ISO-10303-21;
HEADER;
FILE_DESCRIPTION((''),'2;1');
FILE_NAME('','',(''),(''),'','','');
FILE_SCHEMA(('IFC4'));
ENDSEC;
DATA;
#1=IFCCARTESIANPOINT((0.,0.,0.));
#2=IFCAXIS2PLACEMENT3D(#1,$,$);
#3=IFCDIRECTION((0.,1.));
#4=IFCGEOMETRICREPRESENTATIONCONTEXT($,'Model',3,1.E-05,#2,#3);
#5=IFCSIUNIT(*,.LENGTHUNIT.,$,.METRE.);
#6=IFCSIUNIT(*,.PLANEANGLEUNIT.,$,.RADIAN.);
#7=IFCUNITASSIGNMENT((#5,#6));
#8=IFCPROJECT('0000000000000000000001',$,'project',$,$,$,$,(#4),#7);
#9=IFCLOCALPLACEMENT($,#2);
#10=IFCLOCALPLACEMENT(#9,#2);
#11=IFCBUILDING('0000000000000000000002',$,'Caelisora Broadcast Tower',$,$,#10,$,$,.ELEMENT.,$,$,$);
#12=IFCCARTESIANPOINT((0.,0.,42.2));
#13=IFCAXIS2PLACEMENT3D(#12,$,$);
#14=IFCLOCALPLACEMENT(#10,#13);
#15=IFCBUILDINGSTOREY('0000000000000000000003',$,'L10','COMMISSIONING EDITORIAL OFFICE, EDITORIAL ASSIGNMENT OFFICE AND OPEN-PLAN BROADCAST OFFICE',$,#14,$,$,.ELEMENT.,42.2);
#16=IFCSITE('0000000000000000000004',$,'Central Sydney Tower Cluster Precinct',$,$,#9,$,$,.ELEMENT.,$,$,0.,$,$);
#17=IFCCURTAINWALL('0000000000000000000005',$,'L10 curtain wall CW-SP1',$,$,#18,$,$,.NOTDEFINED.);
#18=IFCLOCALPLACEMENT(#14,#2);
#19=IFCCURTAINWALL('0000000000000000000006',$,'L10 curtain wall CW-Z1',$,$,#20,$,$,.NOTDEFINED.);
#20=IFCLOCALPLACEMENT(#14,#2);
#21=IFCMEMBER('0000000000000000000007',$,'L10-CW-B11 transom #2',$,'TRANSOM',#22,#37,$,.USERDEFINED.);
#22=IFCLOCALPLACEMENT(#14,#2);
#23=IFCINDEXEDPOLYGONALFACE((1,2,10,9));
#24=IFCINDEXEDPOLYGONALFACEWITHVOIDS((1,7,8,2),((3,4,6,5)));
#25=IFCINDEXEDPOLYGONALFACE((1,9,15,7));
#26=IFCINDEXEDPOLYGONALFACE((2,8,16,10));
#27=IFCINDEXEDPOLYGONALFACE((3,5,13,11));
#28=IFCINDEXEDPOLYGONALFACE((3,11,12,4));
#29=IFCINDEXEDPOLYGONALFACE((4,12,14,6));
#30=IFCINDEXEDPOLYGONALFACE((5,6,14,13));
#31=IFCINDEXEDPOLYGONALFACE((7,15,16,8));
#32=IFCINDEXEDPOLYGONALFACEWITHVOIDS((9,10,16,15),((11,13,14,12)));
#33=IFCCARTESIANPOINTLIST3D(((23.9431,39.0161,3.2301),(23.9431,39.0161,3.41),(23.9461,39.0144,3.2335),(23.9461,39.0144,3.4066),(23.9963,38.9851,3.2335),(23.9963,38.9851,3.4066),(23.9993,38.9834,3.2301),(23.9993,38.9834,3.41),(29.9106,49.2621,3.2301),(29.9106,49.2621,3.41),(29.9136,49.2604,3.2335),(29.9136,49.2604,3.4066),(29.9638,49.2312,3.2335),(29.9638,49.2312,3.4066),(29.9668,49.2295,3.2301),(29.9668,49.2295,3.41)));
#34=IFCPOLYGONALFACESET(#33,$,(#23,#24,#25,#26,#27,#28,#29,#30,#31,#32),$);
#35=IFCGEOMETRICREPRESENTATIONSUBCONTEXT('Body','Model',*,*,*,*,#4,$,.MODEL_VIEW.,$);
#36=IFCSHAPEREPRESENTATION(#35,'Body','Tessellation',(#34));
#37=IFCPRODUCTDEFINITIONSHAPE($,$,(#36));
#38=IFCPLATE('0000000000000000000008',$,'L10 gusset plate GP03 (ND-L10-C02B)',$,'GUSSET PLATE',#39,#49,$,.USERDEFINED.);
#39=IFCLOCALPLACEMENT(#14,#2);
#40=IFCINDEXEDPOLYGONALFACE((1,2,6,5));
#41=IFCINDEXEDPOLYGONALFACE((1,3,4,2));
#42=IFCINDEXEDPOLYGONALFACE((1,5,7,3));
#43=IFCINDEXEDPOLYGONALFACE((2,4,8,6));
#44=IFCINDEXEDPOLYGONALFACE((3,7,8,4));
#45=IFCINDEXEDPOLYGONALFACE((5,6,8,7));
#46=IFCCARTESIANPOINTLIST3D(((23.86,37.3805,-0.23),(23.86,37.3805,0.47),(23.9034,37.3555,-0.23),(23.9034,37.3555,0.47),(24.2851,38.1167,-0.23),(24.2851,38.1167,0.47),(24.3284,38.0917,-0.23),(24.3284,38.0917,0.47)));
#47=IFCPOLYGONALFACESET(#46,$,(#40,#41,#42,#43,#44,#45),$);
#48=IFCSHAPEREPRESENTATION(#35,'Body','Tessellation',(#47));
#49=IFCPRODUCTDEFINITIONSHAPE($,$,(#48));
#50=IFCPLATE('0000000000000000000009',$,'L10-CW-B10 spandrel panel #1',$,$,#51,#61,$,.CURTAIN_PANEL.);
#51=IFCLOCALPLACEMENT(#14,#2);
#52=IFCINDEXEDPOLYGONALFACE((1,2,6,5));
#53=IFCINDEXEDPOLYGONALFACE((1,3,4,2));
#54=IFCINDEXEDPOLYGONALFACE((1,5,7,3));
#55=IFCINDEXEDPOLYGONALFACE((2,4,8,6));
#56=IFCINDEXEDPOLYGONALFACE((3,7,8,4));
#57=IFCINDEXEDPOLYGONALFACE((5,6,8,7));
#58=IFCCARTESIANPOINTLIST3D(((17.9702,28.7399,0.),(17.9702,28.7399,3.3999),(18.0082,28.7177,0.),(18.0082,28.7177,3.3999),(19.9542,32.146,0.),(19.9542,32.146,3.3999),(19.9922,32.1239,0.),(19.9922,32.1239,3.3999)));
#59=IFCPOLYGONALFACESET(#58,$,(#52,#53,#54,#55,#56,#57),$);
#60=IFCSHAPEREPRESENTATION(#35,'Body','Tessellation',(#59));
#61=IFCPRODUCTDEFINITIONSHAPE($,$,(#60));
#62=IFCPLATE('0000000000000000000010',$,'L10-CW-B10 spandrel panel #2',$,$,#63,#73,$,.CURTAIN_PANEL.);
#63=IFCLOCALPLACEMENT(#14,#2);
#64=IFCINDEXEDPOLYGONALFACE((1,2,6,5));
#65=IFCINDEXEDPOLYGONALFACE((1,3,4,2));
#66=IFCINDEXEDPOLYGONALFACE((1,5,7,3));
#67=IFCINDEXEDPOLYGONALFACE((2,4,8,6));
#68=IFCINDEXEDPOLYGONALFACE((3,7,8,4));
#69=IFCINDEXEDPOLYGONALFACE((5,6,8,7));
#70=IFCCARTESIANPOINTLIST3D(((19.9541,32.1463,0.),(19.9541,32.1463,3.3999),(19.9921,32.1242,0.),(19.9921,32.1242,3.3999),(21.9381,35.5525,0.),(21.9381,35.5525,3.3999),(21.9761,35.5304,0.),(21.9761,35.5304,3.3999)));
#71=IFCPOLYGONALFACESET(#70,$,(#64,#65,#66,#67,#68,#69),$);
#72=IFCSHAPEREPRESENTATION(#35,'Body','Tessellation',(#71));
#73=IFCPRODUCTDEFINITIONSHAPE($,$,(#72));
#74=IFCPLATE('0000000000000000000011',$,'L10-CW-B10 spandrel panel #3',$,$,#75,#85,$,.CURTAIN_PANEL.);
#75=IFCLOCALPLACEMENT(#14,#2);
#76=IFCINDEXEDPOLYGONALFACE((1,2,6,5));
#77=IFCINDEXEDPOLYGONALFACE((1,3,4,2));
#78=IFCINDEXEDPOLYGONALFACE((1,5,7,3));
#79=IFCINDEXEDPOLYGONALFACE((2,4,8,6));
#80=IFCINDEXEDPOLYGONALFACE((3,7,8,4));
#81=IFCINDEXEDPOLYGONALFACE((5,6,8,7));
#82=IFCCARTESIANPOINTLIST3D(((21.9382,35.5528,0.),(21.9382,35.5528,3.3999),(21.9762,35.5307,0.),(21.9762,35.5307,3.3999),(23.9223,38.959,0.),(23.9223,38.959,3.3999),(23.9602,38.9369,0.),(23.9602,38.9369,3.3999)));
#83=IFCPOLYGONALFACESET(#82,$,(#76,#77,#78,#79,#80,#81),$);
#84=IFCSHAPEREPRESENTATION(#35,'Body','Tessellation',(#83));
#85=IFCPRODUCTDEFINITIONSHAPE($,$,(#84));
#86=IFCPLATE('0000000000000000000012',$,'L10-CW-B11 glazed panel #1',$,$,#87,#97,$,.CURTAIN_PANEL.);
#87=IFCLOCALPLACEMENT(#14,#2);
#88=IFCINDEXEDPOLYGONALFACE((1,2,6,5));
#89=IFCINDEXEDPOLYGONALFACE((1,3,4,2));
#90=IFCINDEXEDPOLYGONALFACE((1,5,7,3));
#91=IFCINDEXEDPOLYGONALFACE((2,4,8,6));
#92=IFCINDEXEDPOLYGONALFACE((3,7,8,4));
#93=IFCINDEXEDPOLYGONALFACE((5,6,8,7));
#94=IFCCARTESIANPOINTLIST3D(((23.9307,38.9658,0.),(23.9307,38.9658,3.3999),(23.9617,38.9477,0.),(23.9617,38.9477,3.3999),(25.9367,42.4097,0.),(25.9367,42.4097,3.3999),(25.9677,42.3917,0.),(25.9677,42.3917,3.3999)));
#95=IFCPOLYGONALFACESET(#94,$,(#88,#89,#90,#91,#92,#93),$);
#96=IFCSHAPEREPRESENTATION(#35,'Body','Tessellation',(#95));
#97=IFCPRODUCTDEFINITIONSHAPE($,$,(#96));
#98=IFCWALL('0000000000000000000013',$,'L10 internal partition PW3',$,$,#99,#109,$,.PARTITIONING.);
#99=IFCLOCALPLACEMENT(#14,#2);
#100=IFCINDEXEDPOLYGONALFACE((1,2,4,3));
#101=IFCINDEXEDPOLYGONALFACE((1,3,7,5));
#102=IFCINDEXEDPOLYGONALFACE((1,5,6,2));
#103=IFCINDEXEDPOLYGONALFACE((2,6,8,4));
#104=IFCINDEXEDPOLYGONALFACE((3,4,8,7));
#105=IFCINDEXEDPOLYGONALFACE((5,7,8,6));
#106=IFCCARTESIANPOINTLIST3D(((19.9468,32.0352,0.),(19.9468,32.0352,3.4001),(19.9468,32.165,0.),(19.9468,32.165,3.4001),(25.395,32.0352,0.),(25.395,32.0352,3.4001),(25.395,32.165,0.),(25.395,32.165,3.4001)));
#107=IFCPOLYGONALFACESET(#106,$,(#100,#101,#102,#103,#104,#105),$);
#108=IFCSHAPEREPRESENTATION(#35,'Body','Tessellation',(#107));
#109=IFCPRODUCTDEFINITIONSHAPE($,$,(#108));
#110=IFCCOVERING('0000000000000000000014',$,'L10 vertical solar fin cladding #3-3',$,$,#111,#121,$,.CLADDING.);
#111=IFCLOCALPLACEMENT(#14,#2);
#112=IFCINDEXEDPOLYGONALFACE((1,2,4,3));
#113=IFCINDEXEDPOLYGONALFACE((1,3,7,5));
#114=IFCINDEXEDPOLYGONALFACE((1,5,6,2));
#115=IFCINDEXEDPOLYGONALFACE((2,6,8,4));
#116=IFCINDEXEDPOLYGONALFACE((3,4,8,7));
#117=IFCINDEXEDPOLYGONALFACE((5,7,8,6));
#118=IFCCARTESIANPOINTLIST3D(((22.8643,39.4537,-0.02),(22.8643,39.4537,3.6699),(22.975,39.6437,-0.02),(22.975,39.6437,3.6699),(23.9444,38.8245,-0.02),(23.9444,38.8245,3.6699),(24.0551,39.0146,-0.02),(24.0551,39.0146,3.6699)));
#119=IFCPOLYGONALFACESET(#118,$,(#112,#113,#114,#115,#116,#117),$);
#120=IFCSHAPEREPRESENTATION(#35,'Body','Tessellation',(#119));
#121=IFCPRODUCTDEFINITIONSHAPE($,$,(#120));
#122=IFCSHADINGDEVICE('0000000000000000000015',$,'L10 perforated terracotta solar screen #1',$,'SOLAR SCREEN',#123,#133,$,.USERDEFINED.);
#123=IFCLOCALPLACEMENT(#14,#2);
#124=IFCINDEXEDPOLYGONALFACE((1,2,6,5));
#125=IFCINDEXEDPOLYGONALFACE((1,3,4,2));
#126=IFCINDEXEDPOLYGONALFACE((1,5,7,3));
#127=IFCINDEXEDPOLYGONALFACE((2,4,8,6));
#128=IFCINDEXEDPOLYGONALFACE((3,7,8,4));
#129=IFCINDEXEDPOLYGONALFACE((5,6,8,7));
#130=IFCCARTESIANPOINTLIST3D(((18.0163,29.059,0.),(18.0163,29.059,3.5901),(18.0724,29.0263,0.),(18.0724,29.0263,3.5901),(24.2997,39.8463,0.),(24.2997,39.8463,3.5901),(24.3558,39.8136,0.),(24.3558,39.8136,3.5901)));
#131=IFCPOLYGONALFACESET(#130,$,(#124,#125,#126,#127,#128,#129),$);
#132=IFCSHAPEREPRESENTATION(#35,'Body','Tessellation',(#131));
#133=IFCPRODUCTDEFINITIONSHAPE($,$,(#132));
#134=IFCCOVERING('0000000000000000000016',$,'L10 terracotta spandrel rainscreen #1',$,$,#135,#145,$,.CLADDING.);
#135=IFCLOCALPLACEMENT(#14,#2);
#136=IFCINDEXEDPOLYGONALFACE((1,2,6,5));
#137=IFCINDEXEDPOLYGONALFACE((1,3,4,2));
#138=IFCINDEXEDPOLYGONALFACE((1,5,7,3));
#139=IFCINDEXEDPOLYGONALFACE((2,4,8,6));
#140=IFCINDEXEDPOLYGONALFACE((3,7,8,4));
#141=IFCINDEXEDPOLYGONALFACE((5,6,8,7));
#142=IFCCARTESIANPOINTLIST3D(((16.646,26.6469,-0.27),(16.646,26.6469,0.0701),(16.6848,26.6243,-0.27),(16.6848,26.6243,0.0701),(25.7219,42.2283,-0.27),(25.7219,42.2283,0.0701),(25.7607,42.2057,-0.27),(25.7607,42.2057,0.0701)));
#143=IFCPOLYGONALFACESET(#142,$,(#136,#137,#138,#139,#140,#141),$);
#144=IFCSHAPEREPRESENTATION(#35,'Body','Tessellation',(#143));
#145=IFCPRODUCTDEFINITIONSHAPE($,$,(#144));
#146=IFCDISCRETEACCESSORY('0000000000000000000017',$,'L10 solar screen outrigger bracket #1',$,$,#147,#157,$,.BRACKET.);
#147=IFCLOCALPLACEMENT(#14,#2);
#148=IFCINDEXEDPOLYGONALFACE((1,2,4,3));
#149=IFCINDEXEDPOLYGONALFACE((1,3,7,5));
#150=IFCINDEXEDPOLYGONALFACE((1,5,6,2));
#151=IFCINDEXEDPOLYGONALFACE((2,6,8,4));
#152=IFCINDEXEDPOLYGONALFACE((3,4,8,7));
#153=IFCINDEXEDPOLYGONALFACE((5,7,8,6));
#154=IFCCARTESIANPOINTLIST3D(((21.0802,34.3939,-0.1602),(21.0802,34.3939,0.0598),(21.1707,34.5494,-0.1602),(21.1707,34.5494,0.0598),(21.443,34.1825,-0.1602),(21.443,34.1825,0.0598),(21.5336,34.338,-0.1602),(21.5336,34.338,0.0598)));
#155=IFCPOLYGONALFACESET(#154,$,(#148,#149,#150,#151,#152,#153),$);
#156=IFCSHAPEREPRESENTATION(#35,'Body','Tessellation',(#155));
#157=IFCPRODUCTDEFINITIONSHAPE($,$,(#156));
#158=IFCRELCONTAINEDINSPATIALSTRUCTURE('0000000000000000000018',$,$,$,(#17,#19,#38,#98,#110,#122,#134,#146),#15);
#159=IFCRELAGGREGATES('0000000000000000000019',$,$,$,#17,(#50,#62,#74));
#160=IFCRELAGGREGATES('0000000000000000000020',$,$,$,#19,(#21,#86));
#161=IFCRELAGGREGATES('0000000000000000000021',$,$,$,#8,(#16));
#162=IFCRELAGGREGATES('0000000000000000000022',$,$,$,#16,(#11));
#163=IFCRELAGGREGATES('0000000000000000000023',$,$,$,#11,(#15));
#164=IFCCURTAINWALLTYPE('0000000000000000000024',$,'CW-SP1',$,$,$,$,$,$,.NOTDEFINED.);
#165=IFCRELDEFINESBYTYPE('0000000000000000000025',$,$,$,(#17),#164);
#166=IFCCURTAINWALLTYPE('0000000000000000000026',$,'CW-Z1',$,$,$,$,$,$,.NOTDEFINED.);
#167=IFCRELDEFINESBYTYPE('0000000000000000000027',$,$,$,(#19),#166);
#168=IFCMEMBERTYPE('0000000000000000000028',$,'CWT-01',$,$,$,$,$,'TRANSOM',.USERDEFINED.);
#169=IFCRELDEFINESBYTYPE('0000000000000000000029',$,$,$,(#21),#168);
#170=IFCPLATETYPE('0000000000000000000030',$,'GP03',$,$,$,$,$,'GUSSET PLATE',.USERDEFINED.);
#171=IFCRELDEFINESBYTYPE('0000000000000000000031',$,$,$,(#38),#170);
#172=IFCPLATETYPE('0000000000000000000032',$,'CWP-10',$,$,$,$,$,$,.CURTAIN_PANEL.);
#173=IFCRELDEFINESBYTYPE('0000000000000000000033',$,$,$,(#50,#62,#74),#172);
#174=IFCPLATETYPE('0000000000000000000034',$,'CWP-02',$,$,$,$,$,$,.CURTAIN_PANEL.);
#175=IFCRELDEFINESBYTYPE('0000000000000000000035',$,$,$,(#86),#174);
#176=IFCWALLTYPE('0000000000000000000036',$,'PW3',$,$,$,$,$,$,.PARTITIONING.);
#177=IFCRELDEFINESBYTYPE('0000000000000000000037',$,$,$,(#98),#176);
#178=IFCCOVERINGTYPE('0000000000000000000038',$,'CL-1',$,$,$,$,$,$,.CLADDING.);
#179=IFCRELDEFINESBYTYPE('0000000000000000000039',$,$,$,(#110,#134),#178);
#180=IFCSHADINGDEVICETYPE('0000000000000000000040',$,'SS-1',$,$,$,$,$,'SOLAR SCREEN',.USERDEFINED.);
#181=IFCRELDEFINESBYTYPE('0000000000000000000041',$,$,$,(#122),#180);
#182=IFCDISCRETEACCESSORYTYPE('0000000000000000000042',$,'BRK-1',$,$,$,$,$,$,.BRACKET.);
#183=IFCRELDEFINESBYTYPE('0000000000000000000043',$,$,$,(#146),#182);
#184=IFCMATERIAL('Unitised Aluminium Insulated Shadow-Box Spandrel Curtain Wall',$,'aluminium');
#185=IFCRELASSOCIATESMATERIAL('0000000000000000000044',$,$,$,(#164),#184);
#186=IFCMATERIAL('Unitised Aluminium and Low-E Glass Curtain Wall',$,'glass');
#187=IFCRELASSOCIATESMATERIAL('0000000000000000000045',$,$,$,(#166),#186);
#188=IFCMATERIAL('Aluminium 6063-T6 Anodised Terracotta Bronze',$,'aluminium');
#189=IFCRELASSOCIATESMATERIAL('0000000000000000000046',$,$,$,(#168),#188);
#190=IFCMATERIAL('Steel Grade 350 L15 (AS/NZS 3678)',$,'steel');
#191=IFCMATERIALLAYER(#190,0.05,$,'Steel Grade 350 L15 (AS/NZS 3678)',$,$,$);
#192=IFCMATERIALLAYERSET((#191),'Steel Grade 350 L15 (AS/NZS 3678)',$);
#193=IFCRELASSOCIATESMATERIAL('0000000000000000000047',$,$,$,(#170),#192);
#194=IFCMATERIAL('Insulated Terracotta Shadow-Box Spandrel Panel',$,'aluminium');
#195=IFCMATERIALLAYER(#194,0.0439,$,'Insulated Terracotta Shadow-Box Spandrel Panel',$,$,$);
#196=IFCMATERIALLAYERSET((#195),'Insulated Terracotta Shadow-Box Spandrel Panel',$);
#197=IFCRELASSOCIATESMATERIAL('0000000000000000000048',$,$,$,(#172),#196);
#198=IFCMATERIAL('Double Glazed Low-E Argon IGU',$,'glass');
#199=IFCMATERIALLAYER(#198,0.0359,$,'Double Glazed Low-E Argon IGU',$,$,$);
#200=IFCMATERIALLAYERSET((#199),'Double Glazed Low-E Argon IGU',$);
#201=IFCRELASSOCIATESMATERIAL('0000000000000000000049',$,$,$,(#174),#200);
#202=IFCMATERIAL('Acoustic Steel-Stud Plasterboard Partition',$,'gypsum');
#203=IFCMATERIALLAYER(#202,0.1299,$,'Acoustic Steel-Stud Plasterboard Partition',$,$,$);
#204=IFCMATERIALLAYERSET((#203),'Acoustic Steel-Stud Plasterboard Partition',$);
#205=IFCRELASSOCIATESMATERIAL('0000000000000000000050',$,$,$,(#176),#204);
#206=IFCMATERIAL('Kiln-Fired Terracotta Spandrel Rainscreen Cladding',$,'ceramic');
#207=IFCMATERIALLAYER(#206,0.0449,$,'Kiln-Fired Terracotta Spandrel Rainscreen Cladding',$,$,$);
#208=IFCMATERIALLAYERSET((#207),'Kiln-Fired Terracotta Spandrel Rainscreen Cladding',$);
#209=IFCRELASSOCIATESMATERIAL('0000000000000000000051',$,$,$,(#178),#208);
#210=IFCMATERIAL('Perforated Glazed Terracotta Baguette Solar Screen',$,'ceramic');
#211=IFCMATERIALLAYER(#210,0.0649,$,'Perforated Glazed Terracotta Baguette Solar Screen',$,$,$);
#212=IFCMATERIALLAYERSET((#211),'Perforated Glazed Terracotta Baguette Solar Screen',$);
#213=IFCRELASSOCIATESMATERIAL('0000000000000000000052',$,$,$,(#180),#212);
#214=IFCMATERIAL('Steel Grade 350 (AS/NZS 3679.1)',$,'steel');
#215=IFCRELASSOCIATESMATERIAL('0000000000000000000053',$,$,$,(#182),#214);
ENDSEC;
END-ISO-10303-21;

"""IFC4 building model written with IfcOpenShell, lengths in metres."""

from ifc_helpers import new_model, si_unit, direction, frame, frame_2d, origin, origin_2d, place, context, subcontext, project, spatial, rectangle, hollow_rectangle, extrude, source, transform, mapped, material, layer, layer_set, material_profile, profile_set, type_object, type_shapes, element, aggregate, save


model = new_model("IFC4")

# Units and contexts
model_context = context("Model", 3, precision=1e-05, world=origin(), true_north=direction((0.0, 1.0)))
body_context = subcontext(model_context, "Body", "Model", "MODEL_VIEW")
ifc_project = project(units=[si_unit("LENGTHUNIT", "METRE"), si_unit("PLANEANGLEUNIT", "RADIAN")], contexts=[model_context])

# Site, building, storey
site_placement = place(None, origin())
site = spatial("IfcSite", under=ifc_project, at=site_placement, Name="Central Sydney Tower Cluster Precinct", CompositionType="ELEMENT", RefElevation=0.0)
building_placement = place(site_placement, origin())
building = spatial("IfcBuilding", under=site, at=building_placement, Name="Caelisora Broadcast Tower", CompositionType="ELEMENT")
storey_placement = place(building_placement, frame((0.0, 0.0, 42.2)))
storey = spatial("IfcBuildingStorey", under=building, at=storey_placement, Name="L10", Description="COMMISSIONING EDITORIAL OFFICE, EDITORIAL ASSIGNMENT OFFICE AND OPEN-PLAN BROADCAST OFFICE", CompositionType="ELEMENT", Elevation=42.2)

# Shared definitions
ifc_material_1 = material(Name="Steel Grade 350 L15 (AS/NZS 3678)", Category="steel")

# Shared definitions
ifc_material_2 = material(Name="Steel Grade 350 (AS/NZS 3679.1)", Category="steel")

# Curtain walls, member
ifc_material_3 = material(Name="Unitised Aluminium Insulated Shadow-Box Spandrel Curtain Wall", Category="aluminium")
curtain_wall_type_1 = type_object("IfcCurtainWallType", Name="CW-SP1", PredefinedType="NOTDEFINED", material=ifc_material_3)
curtain_wall_1_placement = place(storey_placement, origin())
curtain_wall_1 = element("IfcCurtainWall", 1, at=curtain_wall_1_placement, inside=storey, type_object=curtain_wall_type_1, Name="L10 curtain wall CW-SP1", PredefinedType="NOTDEFINED")
ifc_material_4 = material(Name="Aluminium 6063-T6 Anodised Terracotta Bronze", Category="aluminium")
ifc_material_5 = material(Name="Unitised Aluminium and Low-E Glass Curtain Wall", Category="glass")
curtain_wall_type_2 = type_object("IfcCurtainWallType", Name="CW-Z1", PredefinedType="NOTDEFINED", material=ifc_material_5)
curtain_wall_2_placement = place(storey_placement, origin())
curtain_wall_2 = element("IfcCurtainWall", 2, at=curtain_wall_2_placement, inside=storey, type_object=curtain_wall_type_2, Name="L10 curtain wall CW-Z1", PredefinedType="NOTDEFINED")
ifc_material_profile_1 = material_profile(ifc_material_4, hollow_rectangle(XDim=0.0649, YDim=0.1799, WallThickness=0.0034, at=origin_2d()), Name="Aluminium 6063-T6 Anodised Terracotta Bronze")
ifc_profile_set_1 = profile_set([ifc_material_profile_1], Name="Aluminium 6063-T6 Anodised Terracotta Bronze")
member_type_1 = type_object("IfcMemberType", Name="CWT-01", ElementType="TRANSOM", PredefinedType="USERDEFINED", material=ifc_profile_set_1)
shared_shape_1 = source(origin(), body_context, "Body", "SweptSolid", [
    extrude(hollow_rectangle(XDim=0.0649, YDim=0.1799, WallThickness=0.0034, at=origin_2d()), origin(), (0.0, 0.0, 1.0), 11.8572),
])
type_shapes(member_type_1, [shared_shape_1])
member_1_placement = place(storey_placement, frame((23.9712, 38.9998, 3.3201), z_axis=(0.503282, 0.864122, 0.0), x_axis=(-0.864122, 0.503282, 0.0)))
member_1 = element("IfcMember", 3, at=member_1_placement, type_object=member_type_1, Name="L10-CW-B11 transom #2", ObjectType="TRANSOM", PredefinedType="USERDEFINED", context=body_context, shape_type="MappedRepresentation", body=[
    mapped(shared_shape_1, transform((0.0, 0.0, 0.0), scale=1.0)),
])

# Plates
ifc_layer_1 = layer(ifc_material_1, 0.05, Name="Steel Grade 350 L15 (AS/NZS 3678)")
ifc_layer_set_1 = layer_set([ifc_layer_1], Name="Steel Grade 350 L15 (AS/NZS 3678)")
plate_type_1 = type_object("IfcPlateType", Name="GP03", ElementType="GUSSET PLATE", PredefinedType="USERDEFINED", material=ifc_layer_set_1)
shared_shape_2 = source(origin(), body_context, "Body", "SweptSolid", [
    extrude(rectangle(XDim=0.8501, YDim=0.05, at=origin_2d()), origin(), (0.0, 0.0, 1.0), 0.7),
])
type_shapes(plate_type_1, [shared_shape_2])
plate_1_placement = place(storey_placement, frame((24.0942, 37.7361, -0.23), z_axis=(0.0, 0.0, 1.0), x_axis=(-0.5, -0.866025, 0.0)))
element("IfcPlate", 4, at=plate_1_placement, inside=storey, type_object=plate_type_1, Name="L10 gusset plate GP03 (ND-L10-C02B)", ObjectType="GUSSET PLATE", PredefinedType="USERDEFINED", context=body_context, shape_type="MappedRepresentation", body=[
    mapped(shared_shape_2, transform((0.0, 0.0, 0.0), scale=1.0)),
])
ifc_material_6 = material(Name="Insulated Terracotta Shadow-Box Spandrel Panel", Category="aluminium")
ifc_layer_2 = layer(ifc_material_6, 0.0439, Name="Insulated Terracotta Shadow-Box Spandrel Panel")
ifc_layer_set_2 = layer_set([ifc_layer_2], Name="Insulated Terracotta Shadow-Box Spandrel Panel")
plate_type_2 = type_object("IfcPlateType", Name="CWP-10", PredefinedType="CURTAIN_PANEL", material=ifc_layer_set_2)
shared_shape_3 = source(origin(), body_context, "Body", "SweptSolid", [
    extrude(rectangle(XDim=3.9419, YDim=0.0439, at=origin_2d()), origin(), (0.0, 0.0, 1.0), 3.3999),
])
type_shapes(plate_type_2, [shared_shape_3])
plate_2_placement = place(storey_placement, frame((18.9812, 30.4319, 0.0), z_axis=(0.0, 0.0, 1.0), x_axis=(0.503322, 0.864099, 0.0)))
plate_2 = element("IfcPlate", 5, at=plate_2_placement, type_object=plate_type_2, Name="L10-CW-B10 spandrel panel #1", PredefinedType="CURTAIN_PANEL", context=body_context, shape_type="MappedRepresentation", body=[
    mapped(shared_shape_3, transform((0.0, 0.0, 0.0), scale=1.0)),
])
plate_3_placement = place(storey_placement, frame((20.9651, 33.8384, 0.0), z_axis=(0.0, 0.0, 1.0), x_axis=(0.503322, 0.864099, 0.0)))
plate_3 = element("IfcPlate", 6, at=plate_3_placement, type_object=plate_type_2, Name="L10-CW-B10 spandrel panel #2", PredefinedType="CURTAIN_PANEL", context=body_context, shape_type="MappedRepresentation", body=[
    mapped(shared_shape_3, transform((0.0, 0.0, 0.0), scale=1.0)),
])
plate_4_placement = place(storey_placement, frame((22.9492, 37.2449, 0.0), z_axis=(0.0, 0.0, 1.0), x_axis=(0.503322, 0.864099, 0.0)))
plate_4 = element("IfcPlate", 7, at=plate_4_placement, type_object=plate_type_2, Name="L10-CW-B10 spandrel panel #3", PredefinedType="CURTAIN_PANEL", context=body_context, shape_type="MappedRepresentation", body=[
    mapped(shared_shape_3, transform((0.0, 0.0, 0.0), scale=1.0)),
])
aggregate(curtain_wall_1, [plate_2, plate_3, plate_4])
ifc_material_7 = material(Name="Double Glazed Low-E Argon IGU", Category="glass")
ifc_layer_3 = layer(ifc_material_7, 0.0359, Name="Double Glazed Low-E Argon IGU")
ifc_layer_set_3 = layer_set([ifc_layer_3], Name="Double Glazed Low-E Argon IGU")
plate_type_3 = type_object("IfcPlateType", Name="CWP-02", PredefinedType="CURTAIN_PANEL", material=ifc_layer_set_3)
shared_shape_4 = source(origin(), body_context, "Body", "SweptSolid", [
    extrude(rectangle(XDim=3.9856, YDim=0.0359, at=origin_2d()), origin(), (0.0, 0.0, 1.0), 3.3999),
])
type_shapes(plate_type_3, [shared_shape_4])
plate_5_placement = place(storey_placement, frame((24.9492, 40.6787, 0.0), z_axis=(0.0, 0.0, 1.0), x_axis=(0.503322, 0.864099, 0.0)))
plate_5 = element("IfcPlate", 8, at=plate_5_placement, type_object=plate_type_3, Name="L10-CW-B11 glazed panel #1", PredefinedType="CURTAIN_PANEL", context=body_context, shape_type="MappedRepresentation", body=[
    mapped(shared_shape_4, transform((0.0, 0.0, 0.0), scale=1.0)),
])
aggregate(curtain_wall_2, [member_1, plate_5])

# Wall
ifc_material_8 = material(Name="Acoustic Steel-Stud Plasterboard Partition", Category="gypsum")
ifc_layer_4 = layer(ifc_material_8, 0.1299, Name="Acoustic Steel-Stud Plasterboard Partition")
ifc_layer_set_4 = layer_set([ifc_layer_4], Name="Acoustic Steel-Stud Plasterboard Partition")
wall_type = type_object("IfcWallType", Name="PW3", PredefinedType="PARTITIONING", material=ifc_layer_set_4)
wall_placement = place(storey_placement, frame((19.9468, 32.1001, 0.0), z_axis=(0.0, 0.0, 1.0), x_axis=(1.0, 0.0, 0.0)))
element("IfcWall", 9, at=wall_placement, inside=storey, type_object=wall_type, Name="L10 internal partition PW3", PredefinedType="PARTITIONING", context=body_context, shape_type="SweptSolid", body=[
    extrude(rectangle(XDim=5.4482, YDim=0.1299, at=frame_2d((2.7241, 0.0))), origin(), (0.0, 0.0, 1.0), 3.4001),
])

# Covering
ifc_material_9 = material(Name="Kiln-Fired Terracotta Spandrel Rainscreen Cladding", Category="ceramic")
ifc_layer_5 = layer(ifc_material_9, 0.0449, Name="Kiln-Fired Terracotta Spandrel Rainscreen Cladding")
ifc_layer_set_5 = layer_set([ifc_layer_5], Name="Kiln-Fired Terracotta Spandrel Rainscreen Cladding")
covering_type = type_object("IfcCoveringType", Name="CL-1", PredefinedType="CLADDING", material=ifc_layer_set_5)
shared_shape_5 = source(origin(), body_context, "Body", "SweptSolid", [
    extrude(rectangle(XDim=0.22, YDim=1.25, at=origin_2d()), origin(), (0.0, 0.0, 1.0), 3.6899),
])
covering_1_placement = place(storey_placement, frame((23.4597, 39.2341, -0.02), z_axis=(0.0, 0.0, 1.0), x_axis=(0.503322, 0.864099, 0.0)))
element("IfcCovering", 10, at=covering_1_placement, inside=storey, type_object=covering_type, Name="L10 vertical solar fin cladding #3-3", PredefinedType="CLADDING", context=body_context, shape_type="MappedRepresentation", body=[
    mapped(shared_shape_5, transform((0.0, 0.0, 0.0), scale=1.0)),
])

# Shading device
ifc_material_10 = material(Name="Perforated Glazed Terracotta Baguette Solar Screen", Category="ceramic")
ifc_layer_6 = layer(ifc_material_10, 0.0649, Name="Perforated Glazed Terracotta Baguette Solar Screen")
ifc_layer_set_6 = layer_set([ifc_layer_6], Name="Perforated Glazed Terracotta Baguette Solar Screen")
shading_device_type = type_object("IfcShadingDeviceType", Name="SS-1", ElementType="SOLAR SCREEN", PredefinedType="USERDEFINED", material=ifc_layer_set_6)
shared_shape_6 = source(origin(), body_context, "Body", "SweptSolid", [
    extrude(rectangle(XDim=12.4839, YDim=0.0649, at=origin_2d()), origin(), (0.0, 0.0, 1.0), 3.5901),
])
type_shapes(shading_device_type, [shared_shape_6])
shading_device_placement = place(storey_placement, frame((21.186, 34.4363, 0.0), z_axis=(0.0, 0.0, 1.0), x_axis=(-0.503322, -0.864099, 0.0)))
element("IfcShadingDevice", 11, at=shading_device_placement, inside=storey, type_object=shading_device_type, Name="L10 perforated terracotta solar screen #1", ObjectType="SOLAR SCREEN", PredefinedType="USERDEFINED", context=body_context, shape_type="MappedRepresentation", body=[
    mapped(shared_shape_6, transform((0.0, 0.0, 0.0), scale=1.0)),
])

# Covering
shared_shape_7 = source(origin(), body_context, "Body", "SweptSolid", [
    extrude(rectangle(XDim=18.032, YDim=0.0449, at=origin_2d()), origin(), (0.0, 0.0, 1.0), 0.3401),
])
type_shapes(covering_type, [shared_shape_5, shared_shape_7])
covering_2_placement = place(storey_placement, frame((21.2034, 34.4263, -0.27), z_axis=(0.0, 0.0, 1.0), x_axis=(-0.503322, -0.864099, 0.0)))
element("IfcCovering", 12, at=covering_2_placement, inside=storey, type_object=covering_type, Name="L10 terracotta spandrel rainscreen #1", PredefinedType="CLADDING", context=body_context, shape_type="MappedRepresentation", body=[
    mapped(shared_shape_7, transform((0.0, 0.0, 0.0), scale=1.0)),
])

# Discrete accessory
discrete_accessory_type = type_object("IfcDiscreteAccessoryType", Name="BRK-1", PredefinedType="BRACKET", material=ifc_material_2)
shared_shape_8 = source(origin(), body_context, "Body", "SweptSolid", [
    extrude(rectangle(XDim=0.1799, YDim=0.4199, at=origin_2d()), origin(), (0.0, 0.0, 1.0), 0.22),
])
type_shapes(discrete_accessory_type, [shared_shape_8])
discrete_accessory_placement = place(storey_placement, frame((21.3069, 34.366, -0.1602), z_axis=(0.0, 0.0, 1.0), x_axis=(-0.503322, -0.864099, 0.0)))
element("IfcDiscreteAccessory", 13, at=discrete_accessory_placement, inside=storey, type_object=discrete_accessory_type, Name="L10 solar screen outrigger bracket #1", PredefinedType="BRACKET", context=body_context, shape_type="MappedRepresentation", body=[
    mapped(shared_shape_8, transform((0.0, 0.0, 0.0), scale=1.0)),
])

save(model, "model.ifc")
